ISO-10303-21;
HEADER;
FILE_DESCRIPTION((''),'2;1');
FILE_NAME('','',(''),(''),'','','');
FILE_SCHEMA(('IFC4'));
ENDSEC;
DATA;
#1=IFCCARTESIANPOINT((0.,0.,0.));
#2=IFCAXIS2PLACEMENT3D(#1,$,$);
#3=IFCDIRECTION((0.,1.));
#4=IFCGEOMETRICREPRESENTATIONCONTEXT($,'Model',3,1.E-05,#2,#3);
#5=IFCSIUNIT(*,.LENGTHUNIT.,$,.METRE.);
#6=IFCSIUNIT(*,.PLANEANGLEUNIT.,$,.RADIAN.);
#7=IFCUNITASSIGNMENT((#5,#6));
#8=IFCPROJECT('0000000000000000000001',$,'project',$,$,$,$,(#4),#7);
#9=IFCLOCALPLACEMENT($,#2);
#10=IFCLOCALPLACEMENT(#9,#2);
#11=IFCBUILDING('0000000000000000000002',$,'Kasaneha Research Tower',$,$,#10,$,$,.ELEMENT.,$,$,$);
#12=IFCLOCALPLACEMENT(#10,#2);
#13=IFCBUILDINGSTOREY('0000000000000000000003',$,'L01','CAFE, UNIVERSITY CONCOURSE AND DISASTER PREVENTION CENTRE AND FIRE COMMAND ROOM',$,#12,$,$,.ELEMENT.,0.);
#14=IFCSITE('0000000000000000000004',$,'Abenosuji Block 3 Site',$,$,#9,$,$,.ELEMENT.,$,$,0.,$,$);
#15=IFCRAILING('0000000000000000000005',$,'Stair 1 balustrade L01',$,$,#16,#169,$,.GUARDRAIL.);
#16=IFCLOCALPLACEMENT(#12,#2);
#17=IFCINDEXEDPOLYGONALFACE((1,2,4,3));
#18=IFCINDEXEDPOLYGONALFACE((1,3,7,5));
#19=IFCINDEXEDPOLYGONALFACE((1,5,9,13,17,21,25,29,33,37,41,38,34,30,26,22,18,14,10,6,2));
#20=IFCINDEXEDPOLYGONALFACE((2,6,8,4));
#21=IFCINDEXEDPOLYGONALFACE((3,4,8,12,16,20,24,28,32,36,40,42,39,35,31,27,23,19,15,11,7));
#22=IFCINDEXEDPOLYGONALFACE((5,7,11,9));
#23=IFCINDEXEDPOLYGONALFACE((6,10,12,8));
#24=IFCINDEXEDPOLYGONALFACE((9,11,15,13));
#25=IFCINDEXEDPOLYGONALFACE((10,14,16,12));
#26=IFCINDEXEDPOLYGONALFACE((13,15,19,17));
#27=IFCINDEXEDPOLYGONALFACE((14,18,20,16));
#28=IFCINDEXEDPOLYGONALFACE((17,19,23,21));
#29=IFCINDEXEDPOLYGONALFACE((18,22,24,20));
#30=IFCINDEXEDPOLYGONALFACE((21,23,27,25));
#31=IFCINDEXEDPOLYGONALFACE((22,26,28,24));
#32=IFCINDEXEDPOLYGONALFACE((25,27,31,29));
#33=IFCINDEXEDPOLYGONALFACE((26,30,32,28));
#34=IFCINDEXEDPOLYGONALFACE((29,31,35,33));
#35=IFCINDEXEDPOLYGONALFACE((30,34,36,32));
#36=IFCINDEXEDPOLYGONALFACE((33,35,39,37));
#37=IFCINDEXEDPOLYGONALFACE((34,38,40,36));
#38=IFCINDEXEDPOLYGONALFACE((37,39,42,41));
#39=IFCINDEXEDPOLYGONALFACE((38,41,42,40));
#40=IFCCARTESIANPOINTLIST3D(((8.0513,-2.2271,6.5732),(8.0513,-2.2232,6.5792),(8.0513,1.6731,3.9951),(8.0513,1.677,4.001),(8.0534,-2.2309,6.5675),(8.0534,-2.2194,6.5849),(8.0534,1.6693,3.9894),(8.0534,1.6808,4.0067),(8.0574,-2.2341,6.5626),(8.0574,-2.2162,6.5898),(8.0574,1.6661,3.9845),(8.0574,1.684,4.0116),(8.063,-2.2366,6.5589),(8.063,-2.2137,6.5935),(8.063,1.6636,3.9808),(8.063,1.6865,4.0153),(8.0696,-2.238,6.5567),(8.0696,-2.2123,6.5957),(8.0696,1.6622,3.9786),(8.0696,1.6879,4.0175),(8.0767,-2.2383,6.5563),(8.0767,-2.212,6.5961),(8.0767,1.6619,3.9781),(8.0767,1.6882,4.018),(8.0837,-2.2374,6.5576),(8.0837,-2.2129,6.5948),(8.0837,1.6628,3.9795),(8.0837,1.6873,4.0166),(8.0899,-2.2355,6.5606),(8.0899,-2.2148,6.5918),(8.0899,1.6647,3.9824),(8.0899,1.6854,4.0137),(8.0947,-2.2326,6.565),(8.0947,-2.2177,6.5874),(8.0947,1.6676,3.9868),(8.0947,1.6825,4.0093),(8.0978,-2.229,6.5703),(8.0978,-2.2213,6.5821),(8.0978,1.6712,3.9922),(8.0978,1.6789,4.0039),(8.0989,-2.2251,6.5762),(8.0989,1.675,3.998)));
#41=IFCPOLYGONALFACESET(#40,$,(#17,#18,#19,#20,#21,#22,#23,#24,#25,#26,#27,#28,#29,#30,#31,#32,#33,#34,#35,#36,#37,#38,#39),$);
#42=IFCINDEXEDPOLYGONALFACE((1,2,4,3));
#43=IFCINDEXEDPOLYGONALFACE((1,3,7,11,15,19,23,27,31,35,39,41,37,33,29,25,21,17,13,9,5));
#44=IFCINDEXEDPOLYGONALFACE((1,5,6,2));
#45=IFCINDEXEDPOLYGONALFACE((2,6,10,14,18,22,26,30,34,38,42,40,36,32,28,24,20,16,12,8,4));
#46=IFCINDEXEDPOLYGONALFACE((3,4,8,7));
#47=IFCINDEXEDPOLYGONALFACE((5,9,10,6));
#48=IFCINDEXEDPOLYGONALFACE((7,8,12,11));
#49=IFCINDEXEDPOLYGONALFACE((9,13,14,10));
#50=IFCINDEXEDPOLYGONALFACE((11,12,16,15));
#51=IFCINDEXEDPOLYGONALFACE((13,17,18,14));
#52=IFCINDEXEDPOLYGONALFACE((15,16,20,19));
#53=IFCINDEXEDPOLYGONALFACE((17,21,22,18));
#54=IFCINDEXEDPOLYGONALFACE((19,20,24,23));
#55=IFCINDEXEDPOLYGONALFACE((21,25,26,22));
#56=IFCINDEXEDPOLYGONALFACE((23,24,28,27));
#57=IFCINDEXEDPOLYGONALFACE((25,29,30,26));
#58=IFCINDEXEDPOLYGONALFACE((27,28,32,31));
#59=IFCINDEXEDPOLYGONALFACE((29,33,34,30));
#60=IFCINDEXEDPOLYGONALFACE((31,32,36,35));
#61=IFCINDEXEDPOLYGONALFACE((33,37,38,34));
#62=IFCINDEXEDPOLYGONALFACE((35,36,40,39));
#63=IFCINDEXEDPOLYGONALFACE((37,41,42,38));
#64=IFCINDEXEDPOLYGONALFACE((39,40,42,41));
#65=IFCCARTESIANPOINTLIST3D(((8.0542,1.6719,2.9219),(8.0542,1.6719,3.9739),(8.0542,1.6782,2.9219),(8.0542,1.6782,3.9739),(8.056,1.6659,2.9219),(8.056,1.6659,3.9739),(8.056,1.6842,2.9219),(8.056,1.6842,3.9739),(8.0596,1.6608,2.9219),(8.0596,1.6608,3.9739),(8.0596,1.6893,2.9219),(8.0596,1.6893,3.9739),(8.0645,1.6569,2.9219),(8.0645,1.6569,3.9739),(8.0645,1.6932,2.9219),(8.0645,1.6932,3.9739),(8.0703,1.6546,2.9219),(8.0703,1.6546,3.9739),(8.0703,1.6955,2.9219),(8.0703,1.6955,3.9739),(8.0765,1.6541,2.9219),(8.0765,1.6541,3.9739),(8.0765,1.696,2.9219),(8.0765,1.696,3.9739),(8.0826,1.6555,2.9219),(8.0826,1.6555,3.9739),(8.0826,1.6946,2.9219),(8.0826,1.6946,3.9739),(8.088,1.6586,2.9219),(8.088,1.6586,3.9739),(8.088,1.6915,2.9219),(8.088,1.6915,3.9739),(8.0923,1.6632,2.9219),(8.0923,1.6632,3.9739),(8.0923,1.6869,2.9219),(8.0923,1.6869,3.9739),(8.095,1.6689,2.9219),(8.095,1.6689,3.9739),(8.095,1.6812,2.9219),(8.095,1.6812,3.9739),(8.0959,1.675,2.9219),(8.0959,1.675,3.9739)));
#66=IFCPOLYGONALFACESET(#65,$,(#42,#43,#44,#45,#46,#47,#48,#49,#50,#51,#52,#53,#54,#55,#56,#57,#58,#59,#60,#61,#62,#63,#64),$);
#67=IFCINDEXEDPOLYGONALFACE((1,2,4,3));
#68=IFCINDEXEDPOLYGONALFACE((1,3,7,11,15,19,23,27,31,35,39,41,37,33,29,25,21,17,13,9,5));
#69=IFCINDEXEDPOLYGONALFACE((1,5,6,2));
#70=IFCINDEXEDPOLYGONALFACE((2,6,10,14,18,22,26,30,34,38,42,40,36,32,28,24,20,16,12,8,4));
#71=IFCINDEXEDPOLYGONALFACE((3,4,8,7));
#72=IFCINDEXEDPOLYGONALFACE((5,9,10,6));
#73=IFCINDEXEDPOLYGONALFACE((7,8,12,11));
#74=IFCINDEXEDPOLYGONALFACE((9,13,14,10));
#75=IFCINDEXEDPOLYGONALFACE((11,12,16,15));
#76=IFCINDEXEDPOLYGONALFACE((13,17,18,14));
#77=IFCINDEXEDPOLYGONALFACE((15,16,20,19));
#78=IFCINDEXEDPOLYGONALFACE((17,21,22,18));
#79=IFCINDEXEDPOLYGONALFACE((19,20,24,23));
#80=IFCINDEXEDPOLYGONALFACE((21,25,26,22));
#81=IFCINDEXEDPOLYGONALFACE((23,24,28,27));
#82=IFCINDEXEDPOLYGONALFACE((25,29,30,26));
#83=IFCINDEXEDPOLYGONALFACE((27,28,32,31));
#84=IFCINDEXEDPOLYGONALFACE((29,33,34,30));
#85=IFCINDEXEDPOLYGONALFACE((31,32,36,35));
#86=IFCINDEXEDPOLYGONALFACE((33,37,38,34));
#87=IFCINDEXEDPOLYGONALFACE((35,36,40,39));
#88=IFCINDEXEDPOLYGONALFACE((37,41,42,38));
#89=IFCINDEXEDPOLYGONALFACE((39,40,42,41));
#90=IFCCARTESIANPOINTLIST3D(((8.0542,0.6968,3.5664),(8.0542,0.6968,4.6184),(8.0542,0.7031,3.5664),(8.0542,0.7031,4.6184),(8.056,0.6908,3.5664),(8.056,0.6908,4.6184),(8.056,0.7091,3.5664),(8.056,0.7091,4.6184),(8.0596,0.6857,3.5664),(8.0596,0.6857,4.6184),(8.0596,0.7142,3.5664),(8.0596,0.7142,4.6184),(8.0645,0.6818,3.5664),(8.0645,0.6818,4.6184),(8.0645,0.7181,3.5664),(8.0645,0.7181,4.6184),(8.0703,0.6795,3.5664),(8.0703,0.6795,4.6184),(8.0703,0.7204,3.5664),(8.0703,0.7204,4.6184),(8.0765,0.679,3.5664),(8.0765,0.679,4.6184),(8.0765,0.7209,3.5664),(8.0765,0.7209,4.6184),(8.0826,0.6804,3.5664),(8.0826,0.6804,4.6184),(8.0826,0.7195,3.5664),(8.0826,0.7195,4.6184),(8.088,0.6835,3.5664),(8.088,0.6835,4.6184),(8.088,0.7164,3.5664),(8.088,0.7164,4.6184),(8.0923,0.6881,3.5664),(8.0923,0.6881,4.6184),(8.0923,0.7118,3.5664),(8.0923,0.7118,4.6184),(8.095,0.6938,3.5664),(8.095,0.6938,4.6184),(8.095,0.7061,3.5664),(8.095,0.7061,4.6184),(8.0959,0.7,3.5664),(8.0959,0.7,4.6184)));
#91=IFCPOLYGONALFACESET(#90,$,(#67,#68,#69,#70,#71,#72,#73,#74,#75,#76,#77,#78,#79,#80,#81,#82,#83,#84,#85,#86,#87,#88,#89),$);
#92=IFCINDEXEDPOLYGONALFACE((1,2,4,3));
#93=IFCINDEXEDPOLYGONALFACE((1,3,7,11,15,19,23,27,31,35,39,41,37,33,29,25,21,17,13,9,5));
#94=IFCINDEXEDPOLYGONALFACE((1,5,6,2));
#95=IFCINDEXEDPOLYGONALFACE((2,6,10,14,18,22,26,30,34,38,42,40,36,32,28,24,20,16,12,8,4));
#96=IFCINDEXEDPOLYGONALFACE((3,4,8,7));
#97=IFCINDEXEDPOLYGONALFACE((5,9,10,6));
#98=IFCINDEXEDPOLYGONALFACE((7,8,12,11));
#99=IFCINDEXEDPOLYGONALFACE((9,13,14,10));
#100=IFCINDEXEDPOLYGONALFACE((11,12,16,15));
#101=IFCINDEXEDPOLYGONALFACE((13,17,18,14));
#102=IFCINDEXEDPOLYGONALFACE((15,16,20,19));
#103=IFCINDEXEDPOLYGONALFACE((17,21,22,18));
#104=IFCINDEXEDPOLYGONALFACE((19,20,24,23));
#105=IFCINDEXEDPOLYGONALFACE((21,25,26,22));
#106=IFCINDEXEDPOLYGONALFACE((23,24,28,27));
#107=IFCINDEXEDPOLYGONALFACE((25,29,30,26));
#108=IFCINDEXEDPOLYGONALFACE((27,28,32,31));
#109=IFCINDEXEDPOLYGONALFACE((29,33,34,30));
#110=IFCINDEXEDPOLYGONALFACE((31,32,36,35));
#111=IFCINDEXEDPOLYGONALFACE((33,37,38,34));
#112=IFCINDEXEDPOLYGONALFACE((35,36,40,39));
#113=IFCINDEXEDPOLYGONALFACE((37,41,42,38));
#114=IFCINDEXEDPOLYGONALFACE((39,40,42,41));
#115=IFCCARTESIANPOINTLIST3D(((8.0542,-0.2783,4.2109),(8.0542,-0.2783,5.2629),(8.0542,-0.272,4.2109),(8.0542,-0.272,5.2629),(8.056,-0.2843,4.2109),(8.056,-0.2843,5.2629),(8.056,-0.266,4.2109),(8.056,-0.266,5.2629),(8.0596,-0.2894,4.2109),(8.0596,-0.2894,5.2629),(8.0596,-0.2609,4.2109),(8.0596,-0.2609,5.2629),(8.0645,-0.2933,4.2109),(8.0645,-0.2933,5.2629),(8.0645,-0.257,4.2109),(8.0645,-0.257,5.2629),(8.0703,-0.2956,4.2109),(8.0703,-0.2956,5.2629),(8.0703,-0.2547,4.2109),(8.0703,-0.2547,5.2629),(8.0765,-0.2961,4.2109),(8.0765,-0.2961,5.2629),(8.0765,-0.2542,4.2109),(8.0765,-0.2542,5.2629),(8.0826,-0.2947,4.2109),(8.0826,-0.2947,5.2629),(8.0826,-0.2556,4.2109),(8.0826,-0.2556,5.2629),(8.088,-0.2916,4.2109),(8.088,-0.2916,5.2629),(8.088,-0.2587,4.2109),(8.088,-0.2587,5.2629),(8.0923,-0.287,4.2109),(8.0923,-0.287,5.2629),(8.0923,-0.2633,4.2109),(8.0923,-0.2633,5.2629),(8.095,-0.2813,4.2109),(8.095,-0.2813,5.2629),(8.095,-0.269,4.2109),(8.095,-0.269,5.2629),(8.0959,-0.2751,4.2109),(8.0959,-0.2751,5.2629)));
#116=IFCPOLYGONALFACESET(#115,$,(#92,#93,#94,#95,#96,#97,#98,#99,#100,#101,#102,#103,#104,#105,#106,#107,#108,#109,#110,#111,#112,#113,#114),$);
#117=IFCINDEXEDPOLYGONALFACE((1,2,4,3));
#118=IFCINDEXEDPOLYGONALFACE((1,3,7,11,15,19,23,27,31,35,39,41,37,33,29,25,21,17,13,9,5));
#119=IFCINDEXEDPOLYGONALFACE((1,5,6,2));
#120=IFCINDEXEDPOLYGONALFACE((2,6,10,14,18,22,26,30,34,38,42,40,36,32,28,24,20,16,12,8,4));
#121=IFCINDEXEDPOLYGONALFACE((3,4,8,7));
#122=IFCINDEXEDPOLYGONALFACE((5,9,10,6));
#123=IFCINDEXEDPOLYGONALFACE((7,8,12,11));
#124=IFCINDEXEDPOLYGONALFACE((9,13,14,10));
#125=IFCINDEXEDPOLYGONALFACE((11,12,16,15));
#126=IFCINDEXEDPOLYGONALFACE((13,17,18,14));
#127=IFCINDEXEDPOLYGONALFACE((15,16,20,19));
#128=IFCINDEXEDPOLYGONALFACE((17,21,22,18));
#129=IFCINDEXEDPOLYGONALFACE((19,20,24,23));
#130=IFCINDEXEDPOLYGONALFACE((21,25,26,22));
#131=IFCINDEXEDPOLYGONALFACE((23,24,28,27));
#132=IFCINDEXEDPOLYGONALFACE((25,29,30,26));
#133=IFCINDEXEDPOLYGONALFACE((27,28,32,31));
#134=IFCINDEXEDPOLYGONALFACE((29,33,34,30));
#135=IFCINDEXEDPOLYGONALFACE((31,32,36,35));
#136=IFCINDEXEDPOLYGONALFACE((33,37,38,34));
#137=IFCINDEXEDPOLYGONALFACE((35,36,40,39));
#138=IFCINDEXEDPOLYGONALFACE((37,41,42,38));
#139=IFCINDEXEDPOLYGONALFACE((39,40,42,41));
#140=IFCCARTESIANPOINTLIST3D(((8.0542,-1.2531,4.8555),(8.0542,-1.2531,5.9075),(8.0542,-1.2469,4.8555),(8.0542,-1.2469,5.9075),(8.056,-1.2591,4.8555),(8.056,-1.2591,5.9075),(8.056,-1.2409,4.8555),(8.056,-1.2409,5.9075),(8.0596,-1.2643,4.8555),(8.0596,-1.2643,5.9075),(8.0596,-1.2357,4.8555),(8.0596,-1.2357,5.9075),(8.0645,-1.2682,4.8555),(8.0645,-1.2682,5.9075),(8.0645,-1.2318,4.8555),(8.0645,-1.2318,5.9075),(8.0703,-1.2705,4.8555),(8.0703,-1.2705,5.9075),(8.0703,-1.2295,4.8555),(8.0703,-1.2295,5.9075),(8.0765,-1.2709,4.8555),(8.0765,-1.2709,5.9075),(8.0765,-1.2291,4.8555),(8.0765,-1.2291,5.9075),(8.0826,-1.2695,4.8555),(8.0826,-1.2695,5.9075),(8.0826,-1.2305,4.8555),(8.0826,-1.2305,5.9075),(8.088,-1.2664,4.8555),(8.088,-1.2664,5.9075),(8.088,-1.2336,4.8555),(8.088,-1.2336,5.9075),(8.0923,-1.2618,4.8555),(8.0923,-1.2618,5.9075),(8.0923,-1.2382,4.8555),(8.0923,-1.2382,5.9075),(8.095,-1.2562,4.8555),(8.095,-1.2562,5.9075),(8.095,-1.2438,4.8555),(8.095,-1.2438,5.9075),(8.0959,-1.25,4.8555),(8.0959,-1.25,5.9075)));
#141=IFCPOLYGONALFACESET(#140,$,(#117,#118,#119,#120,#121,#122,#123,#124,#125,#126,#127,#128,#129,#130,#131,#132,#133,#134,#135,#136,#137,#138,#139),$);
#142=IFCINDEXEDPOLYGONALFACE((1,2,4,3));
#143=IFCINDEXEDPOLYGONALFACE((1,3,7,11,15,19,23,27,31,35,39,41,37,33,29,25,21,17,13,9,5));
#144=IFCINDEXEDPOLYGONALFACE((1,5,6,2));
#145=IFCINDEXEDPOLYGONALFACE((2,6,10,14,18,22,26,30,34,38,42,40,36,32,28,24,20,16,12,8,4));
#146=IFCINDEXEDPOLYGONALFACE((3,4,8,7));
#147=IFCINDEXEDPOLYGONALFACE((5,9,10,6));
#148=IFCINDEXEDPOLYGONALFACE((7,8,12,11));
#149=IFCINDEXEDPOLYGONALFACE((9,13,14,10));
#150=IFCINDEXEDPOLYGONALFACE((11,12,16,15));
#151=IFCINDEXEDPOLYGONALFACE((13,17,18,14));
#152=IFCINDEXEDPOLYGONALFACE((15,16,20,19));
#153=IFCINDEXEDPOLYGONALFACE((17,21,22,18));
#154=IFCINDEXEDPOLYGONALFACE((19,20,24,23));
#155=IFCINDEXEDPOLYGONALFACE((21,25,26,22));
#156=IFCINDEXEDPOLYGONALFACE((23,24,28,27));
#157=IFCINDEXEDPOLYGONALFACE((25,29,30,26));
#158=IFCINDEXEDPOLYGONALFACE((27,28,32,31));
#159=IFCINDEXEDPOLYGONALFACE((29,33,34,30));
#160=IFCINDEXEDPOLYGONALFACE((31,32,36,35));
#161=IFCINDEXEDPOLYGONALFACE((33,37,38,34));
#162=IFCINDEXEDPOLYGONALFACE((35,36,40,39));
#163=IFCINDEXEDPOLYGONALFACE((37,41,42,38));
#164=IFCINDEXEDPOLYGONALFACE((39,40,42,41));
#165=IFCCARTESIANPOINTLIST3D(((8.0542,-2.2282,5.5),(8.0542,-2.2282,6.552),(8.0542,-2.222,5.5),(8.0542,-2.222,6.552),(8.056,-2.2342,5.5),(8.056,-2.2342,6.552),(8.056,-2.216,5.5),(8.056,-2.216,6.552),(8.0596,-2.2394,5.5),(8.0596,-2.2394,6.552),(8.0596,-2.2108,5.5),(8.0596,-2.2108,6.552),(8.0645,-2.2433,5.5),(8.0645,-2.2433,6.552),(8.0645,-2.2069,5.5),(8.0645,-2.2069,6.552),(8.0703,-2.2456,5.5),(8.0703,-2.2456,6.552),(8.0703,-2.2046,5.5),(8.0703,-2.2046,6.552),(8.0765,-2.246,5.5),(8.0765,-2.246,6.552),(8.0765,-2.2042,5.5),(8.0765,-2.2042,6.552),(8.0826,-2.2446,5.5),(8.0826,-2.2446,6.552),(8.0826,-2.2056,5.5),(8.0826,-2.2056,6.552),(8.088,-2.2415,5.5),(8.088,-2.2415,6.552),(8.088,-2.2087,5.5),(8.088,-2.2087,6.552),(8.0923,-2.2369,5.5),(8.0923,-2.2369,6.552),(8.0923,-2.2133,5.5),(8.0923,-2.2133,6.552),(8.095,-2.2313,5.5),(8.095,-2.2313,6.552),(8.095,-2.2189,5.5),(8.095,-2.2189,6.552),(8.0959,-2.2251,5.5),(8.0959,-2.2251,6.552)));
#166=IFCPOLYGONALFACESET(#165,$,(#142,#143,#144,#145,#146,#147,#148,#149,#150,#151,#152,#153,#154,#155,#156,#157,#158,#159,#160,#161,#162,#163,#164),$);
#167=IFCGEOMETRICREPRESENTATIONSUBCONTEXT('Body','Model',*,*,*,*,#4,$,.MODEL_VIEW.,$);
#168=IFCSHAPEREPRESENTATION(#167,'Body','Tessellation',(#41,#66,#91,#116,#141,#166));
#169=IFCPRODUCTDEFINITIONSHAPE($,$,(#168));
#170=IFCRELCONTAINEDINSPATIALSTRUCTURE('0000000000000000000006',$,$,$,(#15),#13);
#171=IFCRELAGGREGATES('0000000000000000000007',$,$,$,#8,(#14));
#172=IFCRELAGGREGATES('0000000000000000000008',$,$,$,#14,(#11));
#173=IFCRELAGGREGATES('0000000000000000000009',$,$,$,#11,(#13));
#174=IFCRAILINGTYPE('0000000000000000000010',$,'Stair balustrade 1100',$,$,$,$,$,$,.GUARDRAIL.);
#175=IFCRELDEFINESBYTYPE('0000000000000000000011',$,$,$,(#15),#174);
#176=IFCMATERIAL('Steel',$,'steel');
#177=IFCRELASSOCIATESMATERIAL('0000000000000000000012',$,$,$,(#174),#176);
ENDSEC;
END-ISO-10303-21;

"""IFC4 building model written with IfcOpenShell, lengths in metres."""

from ifc_helpers import new_model, si_unit, direction, frame, origin, origin_2d, place, context, subcontext, project, spatial, circle, extrude, material, type_object, element, save


model = new_model("IFC4")

# Units and contexts
model_context = context("Model", 3, precision=1e-05, world=origin(), true_north=direction((0.0, 1.0)))
body_context = subcontext(model_context, "Body", "Model", "MODEL_VIEW")
ifc_project = project(units=[si_unit("LENGTHUNIT", "METRE"), si_unit("PLANEANGLEUNIT", "RADIAN")], contexts=[model_context])

# Site, building, storey
site_placement = place(None, origin())
site = spatial("IfcSite", under=ifc_project, at=site_placement, Name="Abenosuji Block 3 Site", CompositionType="ELEMENT", RefElevation=0.0)
building_placement = place(site_placement, origin())
building = spatial("IfcBuilding", under=site, at=building_placement, Name="Kasaneha Research Tower", CompositionType="ELEMENT")
storey_placement = place(building_placement, origin())
storey = spatial("IfcBuildingStorey", under=building, at=storey_placement, Name="L01", Description="CAFE, UNIVERSITY CONCOURSE AND DISASTER PREVENTION CENTRE AND FIRE COMMAND ROOM", CompositionType="ELEMENT", Elevation=0.0)

# Railing
ifc_material_1 = material(Name="Steel", Category="steel")
railing_type = type_object("IfcRailingType", Name="Stair balustrade 1100", PredefinedType="GUARDRAIL", material=ifc_material_1)
railing_placement = place(storey_placement, frame((8.075, 1.675, 2.9219)))
element("IfcRailing", 1, at=railing_placement, inside=storey, type_object=railing_type, Name="Stair 1 balustrade L01", PredefinedType="GUARDRAIL", context=body_context, shape_type="SweptSolid", body=[
    extrude(circle(Radius=0.0239, at=origin_2d()), frame((0.0, 0.0, 1.0762), z_axis=(0.0, -0.834213, 0.551442), x_axis=(1.0, 0.0, 0.0)), (0.0, 0.0, 1.0), 4.6753),
    extrude(circle(Radius=0.021, at=origin_2d()), origin(), (0.0, 0.0, 1.0), 1.052),
    extrude(circle(Radius=0.021, at=origin_2d()), frame((0.0, -0.9751, 0.6445)), (0.0, 0.0, 1.0), 1.052),
    extrude(circle(Radius=0.021, at=origin_2d()), frame((0.0, -1.9502, 1.2891)), (0.0, 0.0, 1.0), 1.052),
    extrude(circle(Radius=0.021, at=origin_2d()), frame((0.0, -2.925, 1.9336)), (0.0, 0.0, 1.0), 1.052),
    extrude(circle(Radius=0.021, at=origin_2d()), frame((0.0, -3.9001, 2.5781)), (0.0, 0.0, 1.0), 1.052),
])

save(model, "model.ifc")
